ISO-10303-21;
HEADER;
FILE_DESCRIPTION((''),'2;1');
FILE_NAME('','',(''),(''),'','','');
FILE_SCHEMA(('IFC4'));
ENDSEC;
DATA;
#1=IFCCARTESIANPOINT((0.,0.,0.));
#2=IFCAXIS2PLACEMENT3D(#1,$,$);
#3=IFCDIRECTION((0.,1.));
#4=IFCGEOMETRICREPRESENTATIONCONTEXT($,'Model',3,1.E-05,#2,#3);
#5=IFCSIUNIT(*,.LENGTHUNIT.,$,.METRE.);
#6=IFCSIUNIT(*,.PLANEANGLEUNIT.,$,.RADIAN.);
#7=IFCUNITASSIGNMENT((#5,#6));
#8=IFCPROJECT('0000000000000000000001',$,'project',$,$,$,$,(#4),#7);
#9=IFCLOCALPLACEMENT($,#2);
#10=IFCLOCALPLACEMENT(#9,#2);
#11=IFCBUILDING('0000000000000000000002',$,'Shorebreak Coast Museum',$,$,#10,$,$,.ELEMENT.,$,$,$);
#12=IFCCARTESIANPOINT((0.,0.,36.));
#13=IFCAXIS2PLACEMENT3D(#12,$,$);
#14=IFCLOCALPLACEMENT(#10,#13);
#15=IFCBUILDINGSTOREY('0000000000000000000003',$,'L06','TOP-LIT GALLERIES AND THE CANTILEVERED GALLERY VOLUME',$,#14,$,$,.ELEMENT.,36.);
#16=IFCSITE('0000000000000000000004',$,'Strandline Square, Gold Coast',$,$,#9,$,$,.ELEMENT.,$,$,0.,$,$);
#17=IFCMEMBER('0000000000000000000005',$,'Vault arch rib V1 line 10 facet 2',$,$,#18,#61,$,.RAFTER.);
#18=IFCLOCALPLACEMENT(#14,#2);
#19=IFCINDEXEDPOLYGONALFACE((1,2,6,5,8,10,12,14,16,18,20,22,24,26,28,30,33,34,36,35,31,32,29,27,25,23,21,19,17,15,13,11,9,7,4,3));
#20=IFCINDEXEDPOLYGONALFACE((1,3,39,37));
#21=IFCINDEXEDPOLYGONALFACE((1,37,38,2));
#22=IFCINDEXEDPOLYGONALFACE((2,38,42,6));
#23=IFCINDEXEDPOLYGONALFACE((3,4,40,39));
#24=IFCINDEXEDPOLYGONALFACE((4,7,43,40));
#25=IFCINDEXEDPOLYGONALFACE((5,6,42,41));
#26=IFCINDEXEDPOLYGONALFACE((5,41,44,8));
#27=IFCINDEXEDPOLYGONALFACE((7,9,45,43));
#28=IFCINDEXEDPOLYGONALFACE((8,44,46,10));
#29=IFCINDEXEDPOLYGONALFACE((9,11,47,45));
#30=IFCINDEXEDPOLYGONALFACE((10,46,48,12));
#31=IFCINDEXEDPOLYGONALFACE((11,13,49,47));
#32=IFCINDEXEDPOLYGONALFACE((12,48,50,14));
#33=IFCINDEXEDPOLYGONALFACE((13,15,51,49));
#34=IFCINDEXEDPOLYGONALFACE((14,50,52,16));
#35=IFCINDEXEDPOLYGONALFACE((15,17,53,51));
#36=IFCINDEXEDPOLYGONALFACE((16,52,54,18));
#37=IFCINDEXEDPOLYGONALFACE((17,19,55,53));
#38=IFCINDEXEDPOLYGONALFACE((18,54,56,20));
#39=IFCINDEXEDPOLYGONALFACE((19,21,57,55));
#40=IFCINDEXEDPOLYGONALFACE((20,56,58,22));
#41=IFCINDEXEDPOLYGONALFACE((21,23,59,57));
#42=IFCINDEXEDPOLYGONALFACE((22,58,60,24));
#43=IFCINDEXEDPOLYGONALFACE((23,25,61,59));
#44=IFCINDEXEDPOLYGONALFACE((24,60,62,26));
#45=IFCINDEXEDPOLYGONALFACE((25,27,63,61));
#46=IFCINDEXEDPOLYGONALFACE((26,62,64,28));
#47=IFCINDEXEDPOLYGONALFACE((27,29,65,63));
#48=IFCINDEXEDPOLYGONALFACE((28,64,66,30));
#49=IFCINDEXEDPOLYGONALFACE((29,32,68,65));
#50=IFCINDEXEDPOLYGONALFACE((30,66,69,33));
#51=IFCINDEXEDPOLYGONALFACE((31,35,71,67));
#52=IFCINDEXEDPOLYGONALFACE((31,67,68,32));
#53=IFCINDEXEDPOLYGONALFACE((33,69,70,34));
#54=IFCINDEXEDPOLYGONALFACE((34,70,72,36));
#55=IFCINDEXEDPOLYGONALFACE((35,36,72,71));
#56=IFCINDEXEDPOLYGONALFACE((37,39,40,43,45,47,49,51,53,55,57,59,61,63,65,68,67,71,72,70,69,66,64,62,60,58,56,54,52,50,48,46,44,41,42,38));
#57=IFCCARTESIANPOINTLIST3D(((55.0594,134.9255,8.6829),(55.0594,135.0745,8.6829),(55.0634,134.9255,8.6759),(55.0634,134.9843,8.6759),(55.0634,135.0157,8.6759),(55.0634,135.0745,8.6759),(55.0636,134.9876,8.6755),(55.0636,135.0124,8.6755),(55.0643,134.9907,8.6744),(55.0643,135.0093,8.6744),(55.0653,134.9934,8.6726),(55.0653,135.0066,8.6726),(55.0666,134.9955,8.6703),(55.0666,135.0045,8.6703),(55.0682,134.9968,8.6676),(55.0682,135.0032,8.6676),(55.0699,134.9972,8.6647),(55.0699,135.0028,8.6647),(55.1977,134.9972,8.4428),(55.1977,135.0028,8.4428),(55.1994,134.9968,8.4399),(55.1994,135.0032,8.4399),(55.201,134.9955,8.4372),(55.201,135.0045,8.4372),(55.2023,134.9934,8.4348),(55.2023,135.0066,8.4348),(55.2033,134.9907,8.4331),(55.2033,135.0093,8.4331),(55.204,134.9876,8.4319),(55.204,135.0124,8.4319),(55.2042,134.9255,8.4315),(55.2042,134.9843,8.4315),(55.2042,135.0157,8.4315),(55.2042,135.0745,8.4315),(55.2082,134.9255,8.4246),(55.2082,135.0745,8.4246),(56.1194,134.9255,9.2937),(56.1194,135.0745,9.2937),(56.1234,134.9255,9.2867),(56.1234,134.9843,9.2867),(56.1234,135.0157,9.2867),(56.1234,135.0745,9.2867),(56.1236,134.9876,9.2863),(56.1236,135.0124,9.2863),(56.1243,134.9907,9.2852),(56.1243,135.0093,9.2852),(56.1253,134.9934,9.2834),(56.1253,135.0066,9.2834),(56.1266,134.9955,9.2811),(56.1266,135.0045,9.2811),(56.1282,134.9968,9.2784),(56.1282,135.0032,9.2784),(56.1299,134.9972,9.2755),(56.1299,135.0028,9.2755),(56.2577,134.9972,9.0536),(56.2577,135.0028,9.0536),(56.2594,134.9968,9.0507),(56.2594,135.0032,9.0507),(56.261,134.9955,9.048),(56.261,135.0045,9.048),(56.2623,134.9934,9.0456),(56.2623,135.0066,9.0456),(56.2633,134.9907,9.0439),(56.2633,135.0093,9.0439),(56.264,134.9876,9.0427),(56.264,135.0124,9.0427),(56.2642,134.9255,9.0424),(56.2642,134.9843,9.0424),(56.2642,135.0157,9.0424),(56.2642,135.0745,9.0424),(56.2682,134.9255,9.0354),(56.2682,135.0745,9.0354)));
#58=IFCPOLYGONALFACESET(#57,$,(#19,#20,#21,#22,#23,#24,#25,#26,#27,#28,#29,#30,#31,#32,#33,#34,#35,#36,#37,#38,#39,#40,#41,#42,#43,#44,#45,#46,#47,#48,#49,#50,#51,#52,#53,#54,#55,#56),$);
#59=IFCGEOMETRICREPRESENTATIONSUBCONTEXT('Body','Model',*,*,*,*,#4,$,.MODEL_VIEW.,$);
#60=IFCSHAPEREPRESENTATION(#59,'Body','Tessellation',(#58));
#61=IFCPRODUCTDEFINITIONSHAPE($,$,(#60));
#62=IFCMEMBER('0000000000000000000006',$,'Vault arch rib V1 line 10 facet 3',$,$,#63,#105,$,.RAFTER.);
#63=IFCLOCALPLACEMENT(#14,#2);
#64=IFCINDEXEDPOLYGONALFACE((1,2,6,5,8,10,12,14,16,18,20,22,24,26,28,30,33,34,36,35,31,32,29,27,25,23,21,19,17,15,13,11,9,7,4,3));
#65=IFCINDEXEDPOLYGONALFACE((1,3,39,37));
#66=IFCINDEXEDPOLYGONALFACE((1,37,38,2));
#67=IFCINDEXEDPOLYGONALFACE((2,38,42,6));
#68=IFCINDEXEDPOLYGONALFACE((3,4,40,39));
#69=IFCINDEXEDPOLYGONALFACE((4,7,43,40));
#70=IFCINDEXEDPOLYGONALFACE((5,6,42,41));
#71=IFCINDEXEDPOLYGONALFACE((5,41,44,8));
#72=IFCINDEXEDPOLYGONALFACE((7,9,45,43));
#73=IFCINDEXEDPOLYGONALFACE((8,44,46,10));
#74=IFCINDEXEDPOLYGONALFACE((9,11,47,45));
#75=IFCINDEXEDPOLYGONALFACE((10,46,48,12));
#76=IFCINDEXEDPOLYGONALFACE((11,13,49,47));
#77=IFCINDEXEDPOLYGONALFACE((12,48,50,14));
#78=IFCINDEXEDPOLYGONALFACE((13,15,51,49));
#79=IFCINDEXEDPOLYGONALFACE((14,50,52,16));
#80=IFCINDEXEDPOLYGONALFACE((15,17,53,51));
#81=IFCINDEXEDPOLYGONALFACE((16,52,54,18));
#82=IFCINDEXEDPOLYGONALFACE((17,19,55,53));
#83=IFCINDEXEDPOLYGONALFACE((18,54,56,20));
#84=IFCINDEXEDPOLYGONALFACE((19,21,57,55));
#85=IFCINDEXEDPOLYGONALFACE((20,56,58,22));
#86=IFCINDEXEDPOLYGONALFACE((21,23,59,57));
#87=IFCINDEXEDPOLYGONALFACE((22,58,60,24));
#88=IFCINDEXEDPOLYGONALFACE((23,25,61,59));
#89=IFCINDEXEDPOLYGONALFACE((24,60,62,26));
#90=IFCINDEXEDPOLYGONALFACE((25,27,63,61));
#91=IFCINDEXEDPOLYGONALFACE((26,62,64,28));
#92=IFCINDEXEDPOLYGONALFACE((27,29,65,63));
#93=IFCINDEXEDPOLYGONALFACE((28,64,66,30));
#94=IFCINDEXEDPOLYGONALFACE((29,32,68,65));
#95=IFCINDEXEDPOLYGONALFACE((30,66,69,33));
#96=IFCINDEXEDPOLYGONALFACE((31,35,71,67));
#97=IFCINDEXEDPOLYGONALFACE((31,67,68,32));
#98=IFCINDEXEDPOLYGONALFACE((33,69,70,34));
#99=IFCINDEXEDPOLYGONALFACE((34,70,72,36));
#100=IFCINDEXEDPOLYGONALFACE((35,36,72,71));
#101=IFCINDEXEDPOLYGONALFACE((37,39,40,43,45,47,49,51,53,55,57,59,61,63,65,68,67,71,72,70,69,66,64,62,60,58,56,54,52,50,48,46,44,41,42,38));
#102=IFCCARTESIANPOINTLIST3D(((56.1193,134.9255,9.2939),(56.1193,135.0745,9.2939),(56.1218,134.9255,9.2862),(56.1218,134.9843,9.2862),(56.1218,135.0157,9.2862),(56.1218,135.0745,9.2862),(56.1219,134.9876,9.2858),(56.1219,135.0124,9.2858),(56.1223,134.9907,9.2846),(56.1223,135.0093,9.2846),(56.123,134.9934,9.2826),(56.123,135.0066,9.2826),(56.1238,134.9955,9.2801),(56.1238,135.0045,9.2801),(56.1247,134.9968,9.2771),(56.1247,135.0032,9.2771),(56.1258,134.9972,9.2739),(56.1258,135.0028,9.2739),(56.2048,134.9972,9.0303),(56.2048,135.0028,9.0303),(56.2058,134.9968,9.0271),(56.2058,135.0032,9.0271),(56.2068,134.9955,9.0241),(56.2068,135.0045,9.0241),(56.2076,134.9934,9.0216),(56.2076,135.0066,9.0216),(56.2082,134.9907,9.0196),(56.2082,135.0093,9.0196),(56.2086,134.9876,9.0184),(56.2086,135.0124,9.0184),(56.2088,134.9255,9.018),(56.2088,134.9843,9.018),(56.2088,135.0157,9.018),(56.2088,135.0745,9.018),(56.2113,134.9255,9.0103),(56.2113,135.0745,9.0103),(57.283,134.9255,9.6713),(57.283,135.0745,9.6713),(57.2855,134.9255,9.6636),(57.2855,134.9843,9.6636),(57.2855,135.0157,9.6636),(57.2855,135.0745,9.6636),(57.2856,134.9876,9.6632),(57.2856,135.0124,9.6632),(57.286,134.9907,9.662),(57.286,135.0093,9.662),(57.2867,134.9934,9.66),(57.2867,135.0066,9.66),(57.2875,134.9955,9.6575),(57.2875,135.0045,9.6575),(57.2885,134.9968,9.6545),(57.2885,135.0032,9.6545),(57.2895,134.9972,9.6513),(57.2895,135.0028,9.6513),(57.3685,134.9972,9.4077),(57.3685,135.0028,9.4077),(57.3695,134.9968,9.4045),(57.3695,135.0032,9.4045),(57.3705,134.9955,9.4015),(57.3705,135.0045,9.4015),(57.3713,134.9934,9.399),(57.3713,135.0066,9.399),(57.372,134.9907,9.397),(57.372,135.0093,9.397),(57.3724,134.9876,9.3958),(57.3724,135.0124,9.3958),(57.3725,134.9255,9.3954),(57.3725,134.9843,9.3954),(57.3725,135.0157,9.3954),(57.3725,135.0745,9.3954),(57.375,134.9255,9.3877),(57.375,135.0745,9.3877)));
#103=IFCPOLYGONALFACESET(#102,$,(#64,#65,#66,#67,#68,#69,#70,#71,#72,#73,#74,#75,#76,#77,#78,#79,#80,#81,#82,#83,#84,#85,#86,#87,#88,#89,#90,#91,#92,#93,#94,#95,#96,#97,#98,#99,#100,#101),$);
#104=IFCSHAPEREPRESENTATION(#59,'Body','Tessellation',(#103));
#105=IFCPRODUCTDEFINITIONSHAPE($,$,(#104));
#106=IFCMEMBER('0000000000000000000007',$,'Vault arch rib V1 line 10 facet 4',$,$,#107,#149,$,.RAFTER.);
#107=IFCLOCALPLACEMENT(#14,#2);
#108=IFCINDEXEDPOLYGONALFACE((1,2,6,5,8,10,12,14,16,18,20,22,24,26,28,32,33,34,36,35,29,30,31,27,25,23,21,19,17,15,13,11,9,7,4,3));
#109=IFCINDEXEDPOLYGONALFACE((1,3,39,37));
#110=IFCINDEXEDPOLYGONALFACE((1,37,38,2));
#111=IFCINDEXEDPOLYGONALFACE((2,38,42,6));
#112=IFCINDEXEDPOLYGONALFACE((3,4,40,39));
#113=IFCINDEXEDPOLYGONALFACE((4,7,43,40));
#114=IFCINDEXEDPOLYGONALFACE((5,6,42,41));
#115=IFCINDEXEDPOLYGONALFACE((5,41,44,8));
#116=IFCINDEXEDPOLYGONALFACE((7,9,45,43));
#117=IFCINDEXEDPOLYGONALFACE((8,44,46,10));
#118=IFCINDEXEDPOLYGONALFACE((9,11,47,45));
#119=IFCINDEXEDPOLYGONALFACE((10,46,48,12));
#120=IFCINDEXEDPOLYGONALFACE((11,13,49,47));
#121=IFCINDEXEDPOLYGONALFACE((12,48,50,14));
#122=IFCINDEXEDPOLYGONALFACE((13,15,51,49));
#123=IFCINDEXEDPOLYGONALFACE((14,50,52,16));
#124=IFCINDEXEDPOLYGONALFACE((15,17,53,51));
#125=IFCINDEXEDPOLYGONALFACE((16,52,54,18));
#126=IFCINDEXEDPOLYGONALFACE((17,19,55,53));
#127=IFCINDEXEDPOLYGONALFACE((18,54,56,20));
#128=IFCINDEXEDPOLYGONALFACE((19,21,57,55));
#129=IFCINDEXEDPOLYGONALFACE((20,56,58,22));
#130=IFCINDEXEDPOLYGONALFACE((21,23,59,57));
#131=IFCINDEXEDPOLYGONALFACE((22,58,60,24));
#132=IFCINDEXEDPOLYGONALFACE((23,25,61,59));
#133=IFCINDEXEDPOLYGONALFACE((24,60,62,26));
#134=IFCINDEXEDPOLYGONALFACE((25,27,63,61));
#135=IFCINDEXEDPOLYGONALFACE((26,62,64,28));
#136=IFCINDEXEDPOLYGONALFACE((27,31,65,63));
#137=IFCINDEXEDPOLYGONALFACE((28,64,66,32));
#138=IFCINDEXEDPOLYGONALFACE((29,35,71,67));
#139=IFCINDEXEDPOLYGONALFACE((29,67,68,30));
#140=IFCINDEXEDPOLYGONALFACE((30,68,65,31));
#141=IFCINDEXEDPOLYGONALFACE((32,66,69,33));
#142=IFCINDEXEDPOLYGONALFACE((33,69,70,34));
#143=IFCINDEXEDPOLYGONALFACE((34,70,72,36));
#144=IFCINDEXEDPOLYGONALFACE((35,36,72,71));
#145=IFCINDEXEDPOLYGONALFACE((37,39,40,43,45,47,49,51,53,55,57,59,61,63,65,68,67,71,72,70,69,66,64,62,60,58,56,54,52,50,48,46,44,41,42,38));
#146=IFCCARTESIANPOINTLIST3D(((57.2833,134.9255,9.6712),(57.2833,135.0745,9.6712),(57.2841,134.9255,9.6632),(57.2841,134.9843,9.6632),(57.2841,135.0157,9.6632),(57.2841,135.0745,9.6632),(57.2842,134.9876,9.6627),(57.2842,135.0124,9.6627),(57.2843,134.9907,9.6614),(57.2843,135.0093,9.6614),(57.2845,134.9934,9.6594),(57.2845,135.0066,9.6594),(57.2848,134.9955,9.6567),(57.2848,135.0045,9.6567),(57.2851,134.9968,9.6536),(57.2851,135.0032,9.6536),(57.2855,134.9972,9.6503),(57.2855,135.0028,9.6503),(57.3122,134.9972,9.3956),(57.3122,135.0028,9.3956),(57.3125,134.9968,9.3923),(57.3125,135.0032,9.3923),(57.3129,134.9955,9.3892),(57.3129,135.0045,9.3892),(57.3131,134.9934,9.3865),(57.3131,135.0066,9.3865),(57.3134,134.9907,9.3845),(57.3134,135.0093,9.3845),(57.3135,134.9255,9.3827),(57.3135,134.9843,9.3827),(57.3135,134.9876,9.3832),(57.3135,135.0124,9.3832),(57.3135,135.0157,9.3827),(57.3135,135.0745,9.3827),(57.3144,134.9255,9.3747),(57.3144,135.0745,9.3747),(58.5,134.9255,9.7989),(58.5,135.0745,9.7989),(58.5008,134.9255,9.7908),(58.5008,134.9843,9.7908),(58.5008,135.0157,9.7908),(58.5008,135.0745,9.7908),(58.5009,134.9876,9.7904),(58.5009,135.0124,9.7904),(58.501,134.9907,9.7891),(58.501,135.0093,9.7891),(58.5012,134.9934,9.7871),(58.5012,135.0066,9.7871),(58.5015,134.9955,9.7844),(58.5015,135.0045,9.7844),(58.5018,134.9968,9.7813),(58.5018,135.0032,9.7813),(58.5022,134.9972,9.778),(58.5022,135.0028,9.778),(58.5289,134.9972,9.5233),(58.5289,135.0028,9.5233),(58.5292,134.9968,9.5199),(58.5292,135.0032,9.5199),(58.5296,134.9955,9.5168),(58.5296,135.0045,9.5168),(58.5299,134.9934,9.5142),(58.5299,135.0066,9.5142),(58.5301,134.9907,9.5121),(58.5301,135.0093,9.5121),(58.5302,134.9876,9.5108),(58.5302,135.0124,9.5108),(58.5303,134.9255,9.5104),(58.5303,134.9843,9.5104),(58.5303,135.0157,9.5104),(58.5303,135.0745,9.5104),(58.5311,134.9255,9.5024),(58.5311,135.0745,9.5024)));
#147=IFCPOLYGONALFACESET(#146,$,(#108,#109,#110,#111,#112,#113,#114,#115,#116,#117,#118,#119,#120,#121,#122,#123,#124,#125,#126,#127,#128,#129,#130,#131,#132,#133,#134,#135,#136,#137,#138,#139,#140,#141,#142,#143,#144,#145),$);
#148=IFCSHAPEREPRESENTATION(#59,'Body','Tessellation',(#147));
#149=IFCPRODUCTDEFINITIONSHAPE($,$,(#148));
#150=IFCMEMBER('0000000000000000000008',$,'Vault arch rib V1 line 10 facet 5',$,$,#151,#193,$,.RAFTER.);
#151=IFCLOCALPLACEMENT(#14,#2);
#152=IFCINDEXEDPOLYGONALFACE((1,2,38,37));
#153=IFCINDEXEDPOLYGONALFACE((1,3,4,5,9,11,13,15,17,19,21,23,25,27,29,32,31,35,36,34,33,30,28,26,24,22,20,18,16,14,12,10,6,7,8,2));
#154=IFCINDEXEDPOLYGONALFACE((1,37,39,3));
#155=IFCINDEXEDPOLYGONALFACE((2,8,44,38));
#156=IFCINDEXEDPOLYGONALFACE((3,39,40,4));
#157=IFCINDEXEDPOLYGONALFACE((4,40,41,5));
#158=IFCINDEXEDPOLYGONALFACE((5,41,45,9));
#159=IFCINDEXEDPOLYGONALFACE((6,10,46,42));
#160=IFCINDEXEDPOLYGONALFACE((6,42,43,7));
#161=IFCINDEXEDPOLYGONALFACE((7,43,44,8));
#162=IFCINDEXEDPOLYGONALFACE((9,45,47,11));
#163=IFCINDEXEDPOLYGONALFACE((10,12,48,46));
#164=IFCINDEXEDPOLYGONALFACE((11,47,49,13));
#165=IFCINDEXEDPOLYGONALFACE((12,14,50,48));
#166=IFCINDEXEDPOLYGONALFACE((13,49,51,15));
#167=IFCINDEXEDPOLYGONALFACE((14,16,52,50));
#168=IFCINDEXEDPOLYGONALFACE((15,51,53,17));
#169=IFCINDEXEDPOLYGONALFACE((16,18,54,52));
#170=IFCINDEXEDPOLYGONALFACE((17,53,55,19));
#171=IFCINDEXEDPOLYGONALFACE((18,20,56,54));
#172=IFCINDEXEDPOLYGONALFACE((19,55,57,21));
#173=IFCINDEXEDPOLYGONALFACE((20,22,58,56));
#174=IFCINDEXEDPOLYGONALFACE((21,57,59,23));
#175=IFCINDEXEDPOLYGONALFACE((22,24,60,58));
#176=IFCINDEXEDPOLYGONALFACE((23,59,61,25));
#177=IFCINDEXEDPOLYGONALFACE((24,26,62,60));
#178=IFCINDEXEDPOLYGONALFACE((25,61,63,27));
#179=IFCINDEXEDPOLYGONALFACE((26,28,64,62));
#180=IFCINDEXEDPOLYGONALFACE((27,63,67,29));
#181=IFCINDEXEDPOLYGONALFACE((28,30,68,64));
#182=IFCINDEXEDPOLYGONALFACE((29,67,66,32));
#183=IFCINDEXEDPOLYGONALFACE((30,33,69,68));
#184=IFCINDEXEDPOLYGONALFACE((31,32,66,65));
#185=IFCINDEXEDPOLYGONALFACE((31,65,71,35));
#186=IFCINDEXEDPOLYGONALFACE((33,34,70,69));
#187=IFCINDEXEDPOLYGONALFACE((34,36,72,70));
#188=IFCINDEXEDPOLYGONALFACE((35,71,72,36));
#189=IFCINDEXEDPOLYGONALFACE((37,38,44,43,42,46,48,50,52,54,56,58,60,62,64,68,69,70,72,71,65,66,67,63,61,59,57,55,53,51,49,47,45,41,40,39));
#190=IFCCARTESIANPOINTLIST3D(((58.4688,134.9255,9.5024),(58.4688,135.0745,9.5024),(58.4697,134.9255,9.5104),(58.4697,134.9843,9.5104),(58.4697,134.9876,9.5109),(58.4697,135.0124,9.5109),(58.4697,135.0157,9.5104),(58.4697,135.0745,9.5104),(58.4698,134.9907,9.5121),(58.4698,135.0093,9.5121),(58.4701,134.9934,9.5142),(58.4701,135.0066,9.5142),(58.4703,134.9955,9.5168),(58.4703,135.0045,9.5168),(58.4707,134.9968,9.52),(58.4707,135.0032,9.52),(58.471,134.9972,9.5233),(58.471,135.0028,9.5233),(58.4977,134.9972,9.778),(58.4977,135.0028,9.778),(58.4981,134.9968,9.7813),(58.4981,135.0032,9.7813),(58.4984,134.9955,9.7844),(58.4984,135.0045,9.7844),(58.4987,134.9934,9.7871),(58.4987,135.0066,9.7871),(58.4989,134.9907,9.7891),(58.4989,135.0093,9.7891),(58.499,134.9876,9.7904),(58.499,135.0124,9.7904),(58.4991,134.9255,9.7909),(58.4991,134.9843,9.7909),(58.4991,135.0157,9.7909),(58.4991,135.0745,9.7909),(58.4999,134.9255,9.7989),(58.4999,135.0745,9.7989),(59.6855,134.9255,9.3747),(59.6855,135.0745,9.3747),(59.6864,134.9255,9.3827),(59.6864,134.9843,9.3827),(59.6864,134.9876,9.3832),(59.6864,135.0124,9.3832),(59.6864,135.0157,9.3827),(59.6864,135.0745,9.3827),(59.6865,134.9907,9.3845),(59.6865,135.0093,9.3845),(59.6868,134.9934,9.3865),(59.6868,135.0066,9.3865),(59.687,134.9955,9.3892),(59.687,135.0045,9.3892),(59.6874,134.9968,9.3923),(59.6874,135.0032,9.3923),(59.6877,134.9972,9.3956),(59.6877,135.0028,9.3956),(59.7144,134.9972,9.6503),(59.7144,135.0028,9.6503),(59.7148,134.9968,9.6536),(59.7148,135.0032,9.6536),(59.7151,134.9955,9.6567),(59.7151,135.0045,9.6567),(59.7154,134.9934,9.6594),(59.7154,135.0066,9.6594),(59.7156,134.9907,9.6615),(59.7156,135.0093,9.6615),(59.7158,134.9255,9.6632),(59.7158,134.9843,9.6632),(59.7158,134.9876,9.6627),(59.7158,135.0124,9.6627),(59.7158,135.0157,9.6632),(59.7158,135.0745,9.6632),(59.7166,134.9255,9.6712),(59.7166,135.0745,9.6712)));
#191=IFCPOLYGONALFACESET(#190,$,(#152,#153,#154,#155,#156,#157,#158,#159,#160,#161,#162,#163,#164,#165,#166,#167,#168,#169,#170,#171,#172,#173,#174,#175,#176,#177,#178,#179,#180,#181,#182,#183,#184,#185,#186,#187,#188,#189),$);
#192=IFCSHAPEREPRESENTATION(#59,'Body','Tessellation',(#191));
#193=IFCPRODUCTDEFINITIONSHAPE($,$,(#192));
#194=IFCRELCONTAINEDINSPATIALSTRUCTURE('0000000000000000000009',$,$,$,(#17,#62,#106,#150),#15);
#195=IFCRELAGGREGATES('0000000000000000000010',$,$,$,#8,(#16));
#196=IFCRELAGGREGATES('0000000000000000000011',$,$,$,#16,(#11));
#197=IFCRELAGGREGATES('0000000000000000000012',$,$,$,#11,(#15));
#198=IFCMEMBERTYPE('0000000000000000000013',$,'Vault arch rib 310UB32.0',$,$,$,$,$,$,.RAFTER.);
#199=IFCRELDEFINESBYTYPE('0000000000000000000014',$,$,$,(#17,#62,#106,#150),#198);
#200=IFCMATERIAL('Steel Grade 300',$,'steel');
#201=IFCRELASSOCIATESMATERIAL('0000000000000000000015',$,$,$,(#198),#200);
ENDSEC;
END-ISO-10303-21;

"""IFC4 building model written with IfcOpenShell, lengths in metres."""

from ifc_helpers import new_model, si_unit, direction, frame, origin, origin_2d, place, context, subcontext, project, spatial, i_section, extrude, material, material_profile, profile_set, type_object, element, save


model = new_model("IFC4")

# Units and contexts
model_context = context("Model", 3, precision=1e-05, world=origin(), true_north=direction((0.0, 1.0)))
body_context = subcontext(model_context, "Body", "Model", "MODEL_VIEW")
ifc_project = project(units=[si_unit("LENGTHUNIT", "METRE"), si_unit("PLANEANGLEUNIT", "RADIAN")], contexts=[model_context])

# Site, building, storey
site_placement = place(None, origin())
site = spatial("IfcSite", under=ifc_project, at=site_placement, Name="Strandline Square, Gold Coast", CompositionType="ELEMENT", RefElevation=0.0)
building_placement = place(site_placement, origin())
building = spatial("IfcBuilding", under=site, at=building_placement, Name="Shorebreak Coast Museum", CompositionType="ELEMENT")
storey_placement = place(building_placement, frame((0.0, 0.0, 36.0)))
storey = spatial("IfcBuildingStorey", under=building, at=storey_placement, Name="L06", Description="TOP-LIT GALLERIES AND THE CANTILEVERED GALLERY VOLUME", CompositionType="ELEMENT", Elevation=36.0)

# Members
ifc_material_1 = material(Name="Steel Grade 300", Category="steel")
ifc_material_profile_1 = material_profile(ifc_material_1, i_section(OverallWidth=0.1489, OverallDepth=0.2981, WebThickness=0.0056, FlangeThickness=0.0081, FilletRadius=0.0129, at=origin_2d()), Name="310UB32.0")
ifc_profile_set_1 = profile_set([ifc_material_profile_1], Name="Steel Grade 300")
member_type_1 = type_object("IfcMemberType", Name="Vault arch rib 310UB32.0", PredefinedType="RAFTER", material=ifc_profile_set_1)
for number, where, z_axis, x_axis, name in (
    (1, (55.1338, 135.0, 8.5537), (0.866445, 0.0, 0.499273), (0.0, 1.0, 0.0), "Vault arch rib V1 line 10 facet 2"),
    (2, (56.1653, 135.0, 9.1521), (0.951226, 0.0, 0.308495), (0.0, 1.0, 0.0), "Vault arch rib V1 line 10 facet 3"),
    (3, (57.2988, 135.0, 9.5229), (0.994539, 0.0, 0.104363), (0.0, 1.0, 0.0), "Vault arch rib V1 line 10 facet 4"),
    (4, (58.4844, 135.0, 9.6506), (0.994539, 0.0, -0.104363), (0.0, 1.0, 0.0), "Vault arch rib V1 line 10 facet 5"),
):
    element("IfcMember", number, at=place(storey_placement, frame(where, z_axis=z_axis, x_axis=x_axis)), inside=storey, type_object=member_type_1, Name=name, PredefinedType="RAFTER", context=body_context, shape_type="SweptSolid", body=[
        extrude(i_section(OverallWidth=0.1489, OverallDepth=0.2981, WebThickness=0.0056, FlangeThickness=0.0081, FilletRadius=0.0129, at=origin_2d()), origin(), (0.0, 0.0, 1.0), 1.2234),
    ])

save(model, "model.ifc")
